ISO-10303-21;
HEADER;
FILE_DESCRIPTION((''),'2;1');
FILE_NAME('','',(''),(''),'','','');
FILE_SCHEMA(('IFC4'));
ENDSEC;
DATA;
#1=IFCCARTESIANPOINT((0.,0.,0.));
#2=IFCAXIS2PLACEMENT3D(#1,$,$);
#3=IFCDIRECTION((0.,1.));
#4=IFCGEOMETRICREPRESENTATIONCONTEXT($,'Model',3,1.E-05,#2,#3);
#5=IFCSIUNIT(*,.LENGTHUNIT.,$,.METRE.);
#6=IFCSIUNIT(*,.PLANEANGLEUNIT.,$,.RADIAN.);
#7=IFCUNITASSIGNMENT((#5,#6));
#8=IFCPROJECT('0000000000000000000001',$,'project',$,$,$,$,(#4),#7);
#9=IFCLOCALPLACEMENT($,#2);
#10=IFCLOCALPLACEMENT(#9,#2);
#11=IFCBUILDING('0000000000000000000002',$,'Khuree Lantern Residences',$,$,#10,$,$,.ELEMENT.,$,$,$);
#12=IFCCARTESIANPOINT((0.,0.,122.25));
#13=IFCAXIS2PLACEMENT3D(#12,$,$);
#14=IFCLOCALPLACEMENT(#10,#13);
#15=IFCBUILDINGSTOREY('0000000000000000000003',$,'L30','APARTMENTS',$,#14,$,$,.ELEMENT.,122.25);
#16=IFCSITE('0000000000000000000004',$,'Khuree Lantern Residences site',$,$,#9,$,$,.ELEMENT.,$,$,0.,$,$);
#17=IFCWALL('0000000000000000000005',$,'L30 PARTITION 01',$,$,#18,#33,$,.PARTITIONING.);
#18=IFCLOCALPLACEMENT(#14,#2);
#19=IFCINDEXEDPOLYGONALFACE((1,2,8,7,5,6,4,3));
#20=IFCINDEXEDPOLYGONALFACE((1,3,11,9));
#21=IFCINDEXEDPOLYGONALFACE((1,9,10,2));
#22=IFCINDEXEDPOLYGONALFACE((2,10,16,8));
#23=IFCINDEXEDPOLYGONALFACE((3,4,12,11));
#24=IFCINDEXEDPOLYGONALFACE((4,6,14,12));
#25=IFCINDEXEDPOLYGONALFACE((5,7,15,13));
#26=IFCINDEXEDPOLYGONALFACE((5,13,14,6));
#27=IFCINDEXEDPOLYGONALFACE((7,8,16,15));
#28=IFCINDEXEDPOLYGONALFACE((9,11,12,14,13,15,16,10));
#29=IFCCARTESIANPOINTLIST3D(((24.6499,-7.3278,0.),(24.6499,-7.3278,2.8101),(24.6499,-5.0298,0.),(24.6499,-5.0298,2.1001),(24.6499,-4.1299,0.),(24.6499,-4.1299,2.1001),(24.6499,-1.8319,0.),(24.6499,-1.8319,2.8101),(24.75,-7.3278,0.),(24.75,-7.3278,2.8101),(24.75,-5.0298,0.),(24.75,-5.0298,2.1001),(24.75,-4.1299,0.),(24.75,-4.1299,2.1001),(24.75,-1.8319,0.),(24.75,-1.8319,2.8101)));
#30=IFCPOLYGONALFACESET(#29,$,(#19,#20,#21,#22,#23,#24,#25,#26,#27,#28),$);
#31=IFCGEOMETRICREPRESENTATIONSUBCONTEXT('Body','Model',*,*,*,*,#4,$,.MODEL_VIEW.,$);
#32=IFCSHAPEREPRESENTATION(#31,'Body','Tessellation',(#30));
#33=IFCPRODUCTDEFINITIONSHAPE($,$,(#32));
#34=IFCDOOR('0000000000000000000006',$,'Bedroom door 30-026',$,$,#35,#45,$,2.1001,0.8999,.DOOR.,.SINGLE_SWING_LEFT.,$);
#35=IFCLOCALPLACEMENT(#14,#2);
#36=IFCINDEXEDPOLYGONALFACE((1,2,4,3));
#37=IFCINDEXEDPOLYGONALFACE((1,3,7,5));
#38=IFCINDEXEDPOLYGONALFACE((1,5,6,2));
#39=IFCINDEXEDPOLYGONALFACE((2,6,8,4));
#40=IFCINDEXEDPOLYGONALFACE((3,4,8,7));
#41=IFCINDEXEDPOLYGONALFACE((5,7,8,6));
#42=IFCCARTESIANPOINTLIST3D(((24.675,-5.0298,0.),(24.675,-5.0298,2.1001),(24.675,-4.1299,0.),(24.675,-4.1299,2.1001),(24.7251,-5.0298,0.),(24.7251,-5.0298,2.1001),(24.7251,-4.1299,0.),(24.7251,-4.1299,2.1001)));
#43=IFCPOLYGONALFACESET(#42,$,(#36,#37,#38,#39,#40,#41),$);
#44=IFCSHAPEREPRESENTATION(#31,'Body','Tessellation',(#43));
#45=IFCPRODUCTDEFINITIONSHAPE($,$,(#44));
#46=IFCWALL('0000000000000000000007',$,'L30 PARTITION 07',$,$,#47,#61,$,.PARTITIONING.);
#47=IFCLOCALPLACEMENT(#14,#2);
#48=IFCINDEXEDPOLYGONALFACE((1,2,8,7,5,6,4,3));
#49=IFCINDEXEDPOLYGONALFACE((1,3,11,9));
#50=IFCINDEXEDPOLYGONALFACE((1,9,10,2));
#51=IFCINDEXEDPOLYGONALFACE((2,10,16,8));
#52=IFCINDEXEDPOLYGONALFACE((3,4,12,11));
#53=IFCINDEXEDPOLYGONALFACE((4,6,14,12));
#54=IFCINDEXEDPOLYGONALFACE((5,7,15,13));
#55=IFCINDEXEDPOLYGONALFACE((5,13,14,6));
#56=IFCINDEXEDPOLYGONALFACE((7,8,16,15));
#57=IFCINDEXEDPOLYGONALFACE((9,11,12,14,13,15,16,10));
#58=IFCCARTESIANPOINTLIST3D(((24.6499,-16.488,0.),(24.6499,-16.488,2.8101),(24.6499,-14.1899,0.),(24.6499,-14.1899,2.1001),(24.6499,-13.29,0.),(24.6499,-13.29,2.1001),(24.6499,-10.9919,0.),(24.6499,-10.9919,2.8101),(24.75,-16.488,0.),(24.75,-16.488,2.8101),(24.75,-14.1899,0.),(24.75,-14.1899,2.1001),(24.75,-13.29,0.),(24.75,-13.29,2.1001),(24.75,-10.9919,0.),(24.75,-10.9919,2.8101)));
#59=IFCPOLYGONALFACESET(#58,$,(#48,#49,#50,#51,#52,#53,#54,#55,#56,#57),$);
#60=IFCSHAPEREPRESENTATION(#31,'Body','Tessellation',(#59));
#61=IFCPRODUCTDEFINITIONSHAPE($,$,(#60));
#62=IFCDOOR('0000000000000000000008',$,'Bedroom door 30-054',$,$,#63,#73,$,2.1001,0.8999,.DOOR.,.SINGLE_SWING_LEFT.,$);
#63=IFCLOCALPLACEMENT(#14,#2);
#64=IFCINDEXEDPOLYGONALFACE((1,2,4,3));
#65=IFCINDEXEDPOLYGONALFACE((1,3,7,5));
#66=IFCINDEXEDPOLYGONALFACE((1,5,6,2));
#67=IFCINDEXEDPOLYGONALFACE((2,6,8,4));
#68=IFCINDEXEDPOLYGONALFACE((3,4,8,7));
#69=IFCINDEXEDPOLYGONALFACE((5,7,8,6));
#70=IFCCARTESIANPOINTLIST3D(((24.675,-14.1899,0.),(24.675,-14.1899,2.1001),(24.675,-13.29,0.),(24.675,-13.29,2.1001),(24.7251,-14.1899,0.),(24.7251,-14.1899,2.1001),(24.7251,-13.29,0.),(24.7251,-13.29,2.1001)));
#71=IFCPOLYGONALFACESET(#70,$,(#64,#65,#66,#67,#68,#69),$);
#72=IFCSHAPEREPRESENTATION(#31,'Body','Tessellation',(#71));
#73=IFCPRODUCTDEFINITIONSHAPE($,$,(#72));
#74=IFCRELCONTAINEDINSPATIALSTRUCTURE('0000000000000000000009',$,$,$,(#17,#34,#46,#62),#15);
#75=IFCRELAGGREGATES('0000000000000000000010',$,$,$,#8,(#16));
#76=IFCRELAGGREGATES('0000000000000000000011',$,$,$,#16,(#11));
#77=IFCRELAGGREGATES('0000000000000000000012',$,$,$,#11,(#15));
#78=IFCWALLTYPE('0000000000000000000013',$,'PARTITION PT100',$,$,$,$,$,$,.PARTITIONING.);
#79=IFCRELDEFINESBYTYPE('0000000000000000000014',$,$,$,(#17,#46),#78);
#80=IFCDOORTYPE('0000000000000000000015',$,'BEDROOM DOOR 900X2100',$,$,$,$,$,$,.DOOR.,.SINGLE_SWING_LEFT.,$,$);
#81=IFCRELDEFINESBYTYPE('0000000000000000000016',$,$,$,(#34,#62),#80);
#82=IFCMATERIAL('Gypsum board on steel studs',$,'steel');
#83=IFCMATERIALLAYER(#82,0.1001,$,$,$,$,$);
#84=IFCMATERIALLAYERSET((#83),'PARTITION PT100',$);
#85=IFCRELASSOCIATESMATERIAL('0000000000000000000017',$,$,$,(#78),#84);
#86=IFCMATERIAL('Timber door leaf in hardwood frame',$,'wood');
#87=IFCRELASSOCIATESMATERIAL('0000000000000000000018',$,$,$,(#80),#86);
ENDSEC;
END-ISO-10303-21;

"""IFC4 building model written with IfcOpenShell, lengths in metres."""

from ifc_helpers import new_model, si_unit, direction, frame, frame_2d, origin, place, context, subcontext, project, spatial, rectangle, extrude, material, layer, layer_set, type_object, element, fill, save


model = new_model("IFC4")

# Units and contexts
model_context = context("Model", 3, precision=1e-05, world=origin(), true_north=direction((0.0, 1.0)))
body_context = subcontext(model_context, "Body", "Model", "MODEL_VIEW")
ifc_project = project(units=[si_unit("LENGTHUNIT", "METRE"), si_unit("PLANEANGLEUNIT", "RADIAN")], contexts=[model_context])

# Site, building, storey
site_placement = place(None, origin())
site = spatial("IfcSite", under=ifc_project, at=site_placement, Name="Khuree Lantern Residences site", CompositionType="ELEMENT", RefElevation=0.0)
building_placement = place(site_placement, origin())
building = spatial("IfcBuilding", under=site, at=building_placement, Name="Khuree Lantern Residences", CompositionType="ELEMENT")
storey_placement = place(building_placement, frame((0.0, 0.0, 122.25)))
storey = spatial("IfcBuildingStorey", under=building, at=storey_placement, Name="L30", Description="APARTMENTS", CompositionType="ELEMENT", Elevation=122.25)

# Shared definitions
ifc_material_1 = material(Name="Timber door leaf in hardwood frame", Category="wood")

# Shared definitions
ifc_material_2 = material(Name="Gypsum board on steel studs", Category="steel")

# Shared definitions
ifc_layer_1 = layer(ifc_material_2, 0.1001)
ifc_layer_set_1 = layer_set([ifc_layer_1], Name="PARTITION PT100")
wall_type_1 = type_object("IfcWallType", Name="PARTITION PT100", PredefinedType="PARTITIONING", material=ifc_layer_set_1)

# Walls, openings, doors
wall_1_placement = place(storey_placement, frame((24.7, -7.3279, 0.0), z_axis=(0.0, 0.0, 1.0), x_axis=(0.0, 1.0, 0.0)))
wall_1 = element("IfcWall", 1, at=wall_1_placement, inside=storey, type_object=wall_type_1, Name="L30 PARTITION 01", PredefinedType="PARTITIONING", context=body_context, shape_type="SweptSolid", body=[
    extrude(rectangle(XDim=5.4958, YDim=0.1001, at=frame_2d((2.748, 0.0))), origin(), (0.0, 0.0, 1.0), 2.8101),
])
opening_1_placement = place(wall_1_placement, frame((2.2981, 0.0, 0.0)))
opening_1 = element("IfcOpeningElement", 2, at=opening_1_placement, cuts=wall_1, PredefinedType="OPENING", context=body_context, shape_type="SweptSolid", body=[
    extrude(rectangle(XDim=0.8999, YDim=2.1001, at=frame_2d((0.45, 1.05))), frame((0.0, 0.0601, 0.0), z_axis=(0.0, -1.0, 0.0), x_axis=(1.0, 0.0, 0.0)), (0.0, 0.0, 1.0), 0.1201),
])
door_type_1 = type_object("IfcDoorType", Name="BEDROOM DOOR 900X2100", OperationType="SINGLE_SWING_LEFT", PredefinedType="DOOR", material=ifc_material_1)
door_1_placement = place(opening_1_placement, origin())
door_1 = element("IfcDoor", 3, at=door_1_placement, inside=storey, type_object=door_type_1, Name="Bedroom door 30-026", OperationType="SINGLE_SWING_LEFT", OverallHeight=2.1001, OverallWidth=0.8999, PredefinedType="DOOR", context=body_context, shape_type="SweptSolid", body=[
    extrude(rectangle(XDim=0.8999, YDim=2.1001, at=frame_2d((0.45, 1.05))), frame((0.0, 0.0249, 0.0), z_axis=(0.0, -1.0, 0.0), x_axis=(1.0, 0.0, 0.0)), (0.0, 0.0, 1.0), 0.05),
])
fill(opening_1, door_1)
wall_2_placement = place(storey_placement, frame((24.7, -16.488, 0.0), z_axis=(0.0, 0.0, 1.0), x_axis=(0.0, 1.0, 0.0)))
wall_2 = element("IfcWall", 4, at=wall_2_placement, inside=storey, type_object=wall_type_1, Name="L30 PARTITION 07", PredefinedType="PARTITIONING", context=body_context, shape_type="SweptSolid", body=[
    extrude(rectangle(XDim=5.4961, YDim=0.1001, at=frame_2d((2.748, 0.0))), origin(), (0.0, 0.0, 1.0), 2.8101),
])
opening_2_placement = place(wall_2_placement, frame((2.2981, 0.0, 0.0)))
opening_2 = element("IfcOpeningElement", 5, at=opening_2_placement, cuts=wall_2, PredefinedType="OPENING", context=body_context, shape_type="SweptSolid", body=[
    extrude(rectangle(XDim=0.8999, YDim=2.1001, at=frame_2d((0.45, 1.05))), frame((0.0, 0.0601, 0.0), z_axis=(0.0, -1.0, 0.0), x_axis=(1.0, 0.0, 0.0)), (0.0, 0.0, 1.0), 0.1201),
])
door_2_placement = place(opening_2_placement, origin())
door_2 = element("IfcDoor", 6, at=door_2_placement, inside=storey, type_object=door_type_1, Name="Bedroom door 30-054", OperationType="SINGLE_SWING_LEFT", OverallHeight=2.1001, OverallWidth=0.8999, PredefinedType="DOOR", context=body_context, shape_type="SweptSolid", body=[
    extrude(rectangle(XDim=0.8999, YDim=2.1001, at=frame_2d((0.45, 1.05))), frame((0.0, 0.0249, 0.0), z_axis=(0.0, -1.0, 0.0), x_axis=(1.0, 0.0, 0.0)), (0.0, 0.0, 1.0), 0.05),
])
fill(opening_2, door_2)

save(model, "model.ifc")
